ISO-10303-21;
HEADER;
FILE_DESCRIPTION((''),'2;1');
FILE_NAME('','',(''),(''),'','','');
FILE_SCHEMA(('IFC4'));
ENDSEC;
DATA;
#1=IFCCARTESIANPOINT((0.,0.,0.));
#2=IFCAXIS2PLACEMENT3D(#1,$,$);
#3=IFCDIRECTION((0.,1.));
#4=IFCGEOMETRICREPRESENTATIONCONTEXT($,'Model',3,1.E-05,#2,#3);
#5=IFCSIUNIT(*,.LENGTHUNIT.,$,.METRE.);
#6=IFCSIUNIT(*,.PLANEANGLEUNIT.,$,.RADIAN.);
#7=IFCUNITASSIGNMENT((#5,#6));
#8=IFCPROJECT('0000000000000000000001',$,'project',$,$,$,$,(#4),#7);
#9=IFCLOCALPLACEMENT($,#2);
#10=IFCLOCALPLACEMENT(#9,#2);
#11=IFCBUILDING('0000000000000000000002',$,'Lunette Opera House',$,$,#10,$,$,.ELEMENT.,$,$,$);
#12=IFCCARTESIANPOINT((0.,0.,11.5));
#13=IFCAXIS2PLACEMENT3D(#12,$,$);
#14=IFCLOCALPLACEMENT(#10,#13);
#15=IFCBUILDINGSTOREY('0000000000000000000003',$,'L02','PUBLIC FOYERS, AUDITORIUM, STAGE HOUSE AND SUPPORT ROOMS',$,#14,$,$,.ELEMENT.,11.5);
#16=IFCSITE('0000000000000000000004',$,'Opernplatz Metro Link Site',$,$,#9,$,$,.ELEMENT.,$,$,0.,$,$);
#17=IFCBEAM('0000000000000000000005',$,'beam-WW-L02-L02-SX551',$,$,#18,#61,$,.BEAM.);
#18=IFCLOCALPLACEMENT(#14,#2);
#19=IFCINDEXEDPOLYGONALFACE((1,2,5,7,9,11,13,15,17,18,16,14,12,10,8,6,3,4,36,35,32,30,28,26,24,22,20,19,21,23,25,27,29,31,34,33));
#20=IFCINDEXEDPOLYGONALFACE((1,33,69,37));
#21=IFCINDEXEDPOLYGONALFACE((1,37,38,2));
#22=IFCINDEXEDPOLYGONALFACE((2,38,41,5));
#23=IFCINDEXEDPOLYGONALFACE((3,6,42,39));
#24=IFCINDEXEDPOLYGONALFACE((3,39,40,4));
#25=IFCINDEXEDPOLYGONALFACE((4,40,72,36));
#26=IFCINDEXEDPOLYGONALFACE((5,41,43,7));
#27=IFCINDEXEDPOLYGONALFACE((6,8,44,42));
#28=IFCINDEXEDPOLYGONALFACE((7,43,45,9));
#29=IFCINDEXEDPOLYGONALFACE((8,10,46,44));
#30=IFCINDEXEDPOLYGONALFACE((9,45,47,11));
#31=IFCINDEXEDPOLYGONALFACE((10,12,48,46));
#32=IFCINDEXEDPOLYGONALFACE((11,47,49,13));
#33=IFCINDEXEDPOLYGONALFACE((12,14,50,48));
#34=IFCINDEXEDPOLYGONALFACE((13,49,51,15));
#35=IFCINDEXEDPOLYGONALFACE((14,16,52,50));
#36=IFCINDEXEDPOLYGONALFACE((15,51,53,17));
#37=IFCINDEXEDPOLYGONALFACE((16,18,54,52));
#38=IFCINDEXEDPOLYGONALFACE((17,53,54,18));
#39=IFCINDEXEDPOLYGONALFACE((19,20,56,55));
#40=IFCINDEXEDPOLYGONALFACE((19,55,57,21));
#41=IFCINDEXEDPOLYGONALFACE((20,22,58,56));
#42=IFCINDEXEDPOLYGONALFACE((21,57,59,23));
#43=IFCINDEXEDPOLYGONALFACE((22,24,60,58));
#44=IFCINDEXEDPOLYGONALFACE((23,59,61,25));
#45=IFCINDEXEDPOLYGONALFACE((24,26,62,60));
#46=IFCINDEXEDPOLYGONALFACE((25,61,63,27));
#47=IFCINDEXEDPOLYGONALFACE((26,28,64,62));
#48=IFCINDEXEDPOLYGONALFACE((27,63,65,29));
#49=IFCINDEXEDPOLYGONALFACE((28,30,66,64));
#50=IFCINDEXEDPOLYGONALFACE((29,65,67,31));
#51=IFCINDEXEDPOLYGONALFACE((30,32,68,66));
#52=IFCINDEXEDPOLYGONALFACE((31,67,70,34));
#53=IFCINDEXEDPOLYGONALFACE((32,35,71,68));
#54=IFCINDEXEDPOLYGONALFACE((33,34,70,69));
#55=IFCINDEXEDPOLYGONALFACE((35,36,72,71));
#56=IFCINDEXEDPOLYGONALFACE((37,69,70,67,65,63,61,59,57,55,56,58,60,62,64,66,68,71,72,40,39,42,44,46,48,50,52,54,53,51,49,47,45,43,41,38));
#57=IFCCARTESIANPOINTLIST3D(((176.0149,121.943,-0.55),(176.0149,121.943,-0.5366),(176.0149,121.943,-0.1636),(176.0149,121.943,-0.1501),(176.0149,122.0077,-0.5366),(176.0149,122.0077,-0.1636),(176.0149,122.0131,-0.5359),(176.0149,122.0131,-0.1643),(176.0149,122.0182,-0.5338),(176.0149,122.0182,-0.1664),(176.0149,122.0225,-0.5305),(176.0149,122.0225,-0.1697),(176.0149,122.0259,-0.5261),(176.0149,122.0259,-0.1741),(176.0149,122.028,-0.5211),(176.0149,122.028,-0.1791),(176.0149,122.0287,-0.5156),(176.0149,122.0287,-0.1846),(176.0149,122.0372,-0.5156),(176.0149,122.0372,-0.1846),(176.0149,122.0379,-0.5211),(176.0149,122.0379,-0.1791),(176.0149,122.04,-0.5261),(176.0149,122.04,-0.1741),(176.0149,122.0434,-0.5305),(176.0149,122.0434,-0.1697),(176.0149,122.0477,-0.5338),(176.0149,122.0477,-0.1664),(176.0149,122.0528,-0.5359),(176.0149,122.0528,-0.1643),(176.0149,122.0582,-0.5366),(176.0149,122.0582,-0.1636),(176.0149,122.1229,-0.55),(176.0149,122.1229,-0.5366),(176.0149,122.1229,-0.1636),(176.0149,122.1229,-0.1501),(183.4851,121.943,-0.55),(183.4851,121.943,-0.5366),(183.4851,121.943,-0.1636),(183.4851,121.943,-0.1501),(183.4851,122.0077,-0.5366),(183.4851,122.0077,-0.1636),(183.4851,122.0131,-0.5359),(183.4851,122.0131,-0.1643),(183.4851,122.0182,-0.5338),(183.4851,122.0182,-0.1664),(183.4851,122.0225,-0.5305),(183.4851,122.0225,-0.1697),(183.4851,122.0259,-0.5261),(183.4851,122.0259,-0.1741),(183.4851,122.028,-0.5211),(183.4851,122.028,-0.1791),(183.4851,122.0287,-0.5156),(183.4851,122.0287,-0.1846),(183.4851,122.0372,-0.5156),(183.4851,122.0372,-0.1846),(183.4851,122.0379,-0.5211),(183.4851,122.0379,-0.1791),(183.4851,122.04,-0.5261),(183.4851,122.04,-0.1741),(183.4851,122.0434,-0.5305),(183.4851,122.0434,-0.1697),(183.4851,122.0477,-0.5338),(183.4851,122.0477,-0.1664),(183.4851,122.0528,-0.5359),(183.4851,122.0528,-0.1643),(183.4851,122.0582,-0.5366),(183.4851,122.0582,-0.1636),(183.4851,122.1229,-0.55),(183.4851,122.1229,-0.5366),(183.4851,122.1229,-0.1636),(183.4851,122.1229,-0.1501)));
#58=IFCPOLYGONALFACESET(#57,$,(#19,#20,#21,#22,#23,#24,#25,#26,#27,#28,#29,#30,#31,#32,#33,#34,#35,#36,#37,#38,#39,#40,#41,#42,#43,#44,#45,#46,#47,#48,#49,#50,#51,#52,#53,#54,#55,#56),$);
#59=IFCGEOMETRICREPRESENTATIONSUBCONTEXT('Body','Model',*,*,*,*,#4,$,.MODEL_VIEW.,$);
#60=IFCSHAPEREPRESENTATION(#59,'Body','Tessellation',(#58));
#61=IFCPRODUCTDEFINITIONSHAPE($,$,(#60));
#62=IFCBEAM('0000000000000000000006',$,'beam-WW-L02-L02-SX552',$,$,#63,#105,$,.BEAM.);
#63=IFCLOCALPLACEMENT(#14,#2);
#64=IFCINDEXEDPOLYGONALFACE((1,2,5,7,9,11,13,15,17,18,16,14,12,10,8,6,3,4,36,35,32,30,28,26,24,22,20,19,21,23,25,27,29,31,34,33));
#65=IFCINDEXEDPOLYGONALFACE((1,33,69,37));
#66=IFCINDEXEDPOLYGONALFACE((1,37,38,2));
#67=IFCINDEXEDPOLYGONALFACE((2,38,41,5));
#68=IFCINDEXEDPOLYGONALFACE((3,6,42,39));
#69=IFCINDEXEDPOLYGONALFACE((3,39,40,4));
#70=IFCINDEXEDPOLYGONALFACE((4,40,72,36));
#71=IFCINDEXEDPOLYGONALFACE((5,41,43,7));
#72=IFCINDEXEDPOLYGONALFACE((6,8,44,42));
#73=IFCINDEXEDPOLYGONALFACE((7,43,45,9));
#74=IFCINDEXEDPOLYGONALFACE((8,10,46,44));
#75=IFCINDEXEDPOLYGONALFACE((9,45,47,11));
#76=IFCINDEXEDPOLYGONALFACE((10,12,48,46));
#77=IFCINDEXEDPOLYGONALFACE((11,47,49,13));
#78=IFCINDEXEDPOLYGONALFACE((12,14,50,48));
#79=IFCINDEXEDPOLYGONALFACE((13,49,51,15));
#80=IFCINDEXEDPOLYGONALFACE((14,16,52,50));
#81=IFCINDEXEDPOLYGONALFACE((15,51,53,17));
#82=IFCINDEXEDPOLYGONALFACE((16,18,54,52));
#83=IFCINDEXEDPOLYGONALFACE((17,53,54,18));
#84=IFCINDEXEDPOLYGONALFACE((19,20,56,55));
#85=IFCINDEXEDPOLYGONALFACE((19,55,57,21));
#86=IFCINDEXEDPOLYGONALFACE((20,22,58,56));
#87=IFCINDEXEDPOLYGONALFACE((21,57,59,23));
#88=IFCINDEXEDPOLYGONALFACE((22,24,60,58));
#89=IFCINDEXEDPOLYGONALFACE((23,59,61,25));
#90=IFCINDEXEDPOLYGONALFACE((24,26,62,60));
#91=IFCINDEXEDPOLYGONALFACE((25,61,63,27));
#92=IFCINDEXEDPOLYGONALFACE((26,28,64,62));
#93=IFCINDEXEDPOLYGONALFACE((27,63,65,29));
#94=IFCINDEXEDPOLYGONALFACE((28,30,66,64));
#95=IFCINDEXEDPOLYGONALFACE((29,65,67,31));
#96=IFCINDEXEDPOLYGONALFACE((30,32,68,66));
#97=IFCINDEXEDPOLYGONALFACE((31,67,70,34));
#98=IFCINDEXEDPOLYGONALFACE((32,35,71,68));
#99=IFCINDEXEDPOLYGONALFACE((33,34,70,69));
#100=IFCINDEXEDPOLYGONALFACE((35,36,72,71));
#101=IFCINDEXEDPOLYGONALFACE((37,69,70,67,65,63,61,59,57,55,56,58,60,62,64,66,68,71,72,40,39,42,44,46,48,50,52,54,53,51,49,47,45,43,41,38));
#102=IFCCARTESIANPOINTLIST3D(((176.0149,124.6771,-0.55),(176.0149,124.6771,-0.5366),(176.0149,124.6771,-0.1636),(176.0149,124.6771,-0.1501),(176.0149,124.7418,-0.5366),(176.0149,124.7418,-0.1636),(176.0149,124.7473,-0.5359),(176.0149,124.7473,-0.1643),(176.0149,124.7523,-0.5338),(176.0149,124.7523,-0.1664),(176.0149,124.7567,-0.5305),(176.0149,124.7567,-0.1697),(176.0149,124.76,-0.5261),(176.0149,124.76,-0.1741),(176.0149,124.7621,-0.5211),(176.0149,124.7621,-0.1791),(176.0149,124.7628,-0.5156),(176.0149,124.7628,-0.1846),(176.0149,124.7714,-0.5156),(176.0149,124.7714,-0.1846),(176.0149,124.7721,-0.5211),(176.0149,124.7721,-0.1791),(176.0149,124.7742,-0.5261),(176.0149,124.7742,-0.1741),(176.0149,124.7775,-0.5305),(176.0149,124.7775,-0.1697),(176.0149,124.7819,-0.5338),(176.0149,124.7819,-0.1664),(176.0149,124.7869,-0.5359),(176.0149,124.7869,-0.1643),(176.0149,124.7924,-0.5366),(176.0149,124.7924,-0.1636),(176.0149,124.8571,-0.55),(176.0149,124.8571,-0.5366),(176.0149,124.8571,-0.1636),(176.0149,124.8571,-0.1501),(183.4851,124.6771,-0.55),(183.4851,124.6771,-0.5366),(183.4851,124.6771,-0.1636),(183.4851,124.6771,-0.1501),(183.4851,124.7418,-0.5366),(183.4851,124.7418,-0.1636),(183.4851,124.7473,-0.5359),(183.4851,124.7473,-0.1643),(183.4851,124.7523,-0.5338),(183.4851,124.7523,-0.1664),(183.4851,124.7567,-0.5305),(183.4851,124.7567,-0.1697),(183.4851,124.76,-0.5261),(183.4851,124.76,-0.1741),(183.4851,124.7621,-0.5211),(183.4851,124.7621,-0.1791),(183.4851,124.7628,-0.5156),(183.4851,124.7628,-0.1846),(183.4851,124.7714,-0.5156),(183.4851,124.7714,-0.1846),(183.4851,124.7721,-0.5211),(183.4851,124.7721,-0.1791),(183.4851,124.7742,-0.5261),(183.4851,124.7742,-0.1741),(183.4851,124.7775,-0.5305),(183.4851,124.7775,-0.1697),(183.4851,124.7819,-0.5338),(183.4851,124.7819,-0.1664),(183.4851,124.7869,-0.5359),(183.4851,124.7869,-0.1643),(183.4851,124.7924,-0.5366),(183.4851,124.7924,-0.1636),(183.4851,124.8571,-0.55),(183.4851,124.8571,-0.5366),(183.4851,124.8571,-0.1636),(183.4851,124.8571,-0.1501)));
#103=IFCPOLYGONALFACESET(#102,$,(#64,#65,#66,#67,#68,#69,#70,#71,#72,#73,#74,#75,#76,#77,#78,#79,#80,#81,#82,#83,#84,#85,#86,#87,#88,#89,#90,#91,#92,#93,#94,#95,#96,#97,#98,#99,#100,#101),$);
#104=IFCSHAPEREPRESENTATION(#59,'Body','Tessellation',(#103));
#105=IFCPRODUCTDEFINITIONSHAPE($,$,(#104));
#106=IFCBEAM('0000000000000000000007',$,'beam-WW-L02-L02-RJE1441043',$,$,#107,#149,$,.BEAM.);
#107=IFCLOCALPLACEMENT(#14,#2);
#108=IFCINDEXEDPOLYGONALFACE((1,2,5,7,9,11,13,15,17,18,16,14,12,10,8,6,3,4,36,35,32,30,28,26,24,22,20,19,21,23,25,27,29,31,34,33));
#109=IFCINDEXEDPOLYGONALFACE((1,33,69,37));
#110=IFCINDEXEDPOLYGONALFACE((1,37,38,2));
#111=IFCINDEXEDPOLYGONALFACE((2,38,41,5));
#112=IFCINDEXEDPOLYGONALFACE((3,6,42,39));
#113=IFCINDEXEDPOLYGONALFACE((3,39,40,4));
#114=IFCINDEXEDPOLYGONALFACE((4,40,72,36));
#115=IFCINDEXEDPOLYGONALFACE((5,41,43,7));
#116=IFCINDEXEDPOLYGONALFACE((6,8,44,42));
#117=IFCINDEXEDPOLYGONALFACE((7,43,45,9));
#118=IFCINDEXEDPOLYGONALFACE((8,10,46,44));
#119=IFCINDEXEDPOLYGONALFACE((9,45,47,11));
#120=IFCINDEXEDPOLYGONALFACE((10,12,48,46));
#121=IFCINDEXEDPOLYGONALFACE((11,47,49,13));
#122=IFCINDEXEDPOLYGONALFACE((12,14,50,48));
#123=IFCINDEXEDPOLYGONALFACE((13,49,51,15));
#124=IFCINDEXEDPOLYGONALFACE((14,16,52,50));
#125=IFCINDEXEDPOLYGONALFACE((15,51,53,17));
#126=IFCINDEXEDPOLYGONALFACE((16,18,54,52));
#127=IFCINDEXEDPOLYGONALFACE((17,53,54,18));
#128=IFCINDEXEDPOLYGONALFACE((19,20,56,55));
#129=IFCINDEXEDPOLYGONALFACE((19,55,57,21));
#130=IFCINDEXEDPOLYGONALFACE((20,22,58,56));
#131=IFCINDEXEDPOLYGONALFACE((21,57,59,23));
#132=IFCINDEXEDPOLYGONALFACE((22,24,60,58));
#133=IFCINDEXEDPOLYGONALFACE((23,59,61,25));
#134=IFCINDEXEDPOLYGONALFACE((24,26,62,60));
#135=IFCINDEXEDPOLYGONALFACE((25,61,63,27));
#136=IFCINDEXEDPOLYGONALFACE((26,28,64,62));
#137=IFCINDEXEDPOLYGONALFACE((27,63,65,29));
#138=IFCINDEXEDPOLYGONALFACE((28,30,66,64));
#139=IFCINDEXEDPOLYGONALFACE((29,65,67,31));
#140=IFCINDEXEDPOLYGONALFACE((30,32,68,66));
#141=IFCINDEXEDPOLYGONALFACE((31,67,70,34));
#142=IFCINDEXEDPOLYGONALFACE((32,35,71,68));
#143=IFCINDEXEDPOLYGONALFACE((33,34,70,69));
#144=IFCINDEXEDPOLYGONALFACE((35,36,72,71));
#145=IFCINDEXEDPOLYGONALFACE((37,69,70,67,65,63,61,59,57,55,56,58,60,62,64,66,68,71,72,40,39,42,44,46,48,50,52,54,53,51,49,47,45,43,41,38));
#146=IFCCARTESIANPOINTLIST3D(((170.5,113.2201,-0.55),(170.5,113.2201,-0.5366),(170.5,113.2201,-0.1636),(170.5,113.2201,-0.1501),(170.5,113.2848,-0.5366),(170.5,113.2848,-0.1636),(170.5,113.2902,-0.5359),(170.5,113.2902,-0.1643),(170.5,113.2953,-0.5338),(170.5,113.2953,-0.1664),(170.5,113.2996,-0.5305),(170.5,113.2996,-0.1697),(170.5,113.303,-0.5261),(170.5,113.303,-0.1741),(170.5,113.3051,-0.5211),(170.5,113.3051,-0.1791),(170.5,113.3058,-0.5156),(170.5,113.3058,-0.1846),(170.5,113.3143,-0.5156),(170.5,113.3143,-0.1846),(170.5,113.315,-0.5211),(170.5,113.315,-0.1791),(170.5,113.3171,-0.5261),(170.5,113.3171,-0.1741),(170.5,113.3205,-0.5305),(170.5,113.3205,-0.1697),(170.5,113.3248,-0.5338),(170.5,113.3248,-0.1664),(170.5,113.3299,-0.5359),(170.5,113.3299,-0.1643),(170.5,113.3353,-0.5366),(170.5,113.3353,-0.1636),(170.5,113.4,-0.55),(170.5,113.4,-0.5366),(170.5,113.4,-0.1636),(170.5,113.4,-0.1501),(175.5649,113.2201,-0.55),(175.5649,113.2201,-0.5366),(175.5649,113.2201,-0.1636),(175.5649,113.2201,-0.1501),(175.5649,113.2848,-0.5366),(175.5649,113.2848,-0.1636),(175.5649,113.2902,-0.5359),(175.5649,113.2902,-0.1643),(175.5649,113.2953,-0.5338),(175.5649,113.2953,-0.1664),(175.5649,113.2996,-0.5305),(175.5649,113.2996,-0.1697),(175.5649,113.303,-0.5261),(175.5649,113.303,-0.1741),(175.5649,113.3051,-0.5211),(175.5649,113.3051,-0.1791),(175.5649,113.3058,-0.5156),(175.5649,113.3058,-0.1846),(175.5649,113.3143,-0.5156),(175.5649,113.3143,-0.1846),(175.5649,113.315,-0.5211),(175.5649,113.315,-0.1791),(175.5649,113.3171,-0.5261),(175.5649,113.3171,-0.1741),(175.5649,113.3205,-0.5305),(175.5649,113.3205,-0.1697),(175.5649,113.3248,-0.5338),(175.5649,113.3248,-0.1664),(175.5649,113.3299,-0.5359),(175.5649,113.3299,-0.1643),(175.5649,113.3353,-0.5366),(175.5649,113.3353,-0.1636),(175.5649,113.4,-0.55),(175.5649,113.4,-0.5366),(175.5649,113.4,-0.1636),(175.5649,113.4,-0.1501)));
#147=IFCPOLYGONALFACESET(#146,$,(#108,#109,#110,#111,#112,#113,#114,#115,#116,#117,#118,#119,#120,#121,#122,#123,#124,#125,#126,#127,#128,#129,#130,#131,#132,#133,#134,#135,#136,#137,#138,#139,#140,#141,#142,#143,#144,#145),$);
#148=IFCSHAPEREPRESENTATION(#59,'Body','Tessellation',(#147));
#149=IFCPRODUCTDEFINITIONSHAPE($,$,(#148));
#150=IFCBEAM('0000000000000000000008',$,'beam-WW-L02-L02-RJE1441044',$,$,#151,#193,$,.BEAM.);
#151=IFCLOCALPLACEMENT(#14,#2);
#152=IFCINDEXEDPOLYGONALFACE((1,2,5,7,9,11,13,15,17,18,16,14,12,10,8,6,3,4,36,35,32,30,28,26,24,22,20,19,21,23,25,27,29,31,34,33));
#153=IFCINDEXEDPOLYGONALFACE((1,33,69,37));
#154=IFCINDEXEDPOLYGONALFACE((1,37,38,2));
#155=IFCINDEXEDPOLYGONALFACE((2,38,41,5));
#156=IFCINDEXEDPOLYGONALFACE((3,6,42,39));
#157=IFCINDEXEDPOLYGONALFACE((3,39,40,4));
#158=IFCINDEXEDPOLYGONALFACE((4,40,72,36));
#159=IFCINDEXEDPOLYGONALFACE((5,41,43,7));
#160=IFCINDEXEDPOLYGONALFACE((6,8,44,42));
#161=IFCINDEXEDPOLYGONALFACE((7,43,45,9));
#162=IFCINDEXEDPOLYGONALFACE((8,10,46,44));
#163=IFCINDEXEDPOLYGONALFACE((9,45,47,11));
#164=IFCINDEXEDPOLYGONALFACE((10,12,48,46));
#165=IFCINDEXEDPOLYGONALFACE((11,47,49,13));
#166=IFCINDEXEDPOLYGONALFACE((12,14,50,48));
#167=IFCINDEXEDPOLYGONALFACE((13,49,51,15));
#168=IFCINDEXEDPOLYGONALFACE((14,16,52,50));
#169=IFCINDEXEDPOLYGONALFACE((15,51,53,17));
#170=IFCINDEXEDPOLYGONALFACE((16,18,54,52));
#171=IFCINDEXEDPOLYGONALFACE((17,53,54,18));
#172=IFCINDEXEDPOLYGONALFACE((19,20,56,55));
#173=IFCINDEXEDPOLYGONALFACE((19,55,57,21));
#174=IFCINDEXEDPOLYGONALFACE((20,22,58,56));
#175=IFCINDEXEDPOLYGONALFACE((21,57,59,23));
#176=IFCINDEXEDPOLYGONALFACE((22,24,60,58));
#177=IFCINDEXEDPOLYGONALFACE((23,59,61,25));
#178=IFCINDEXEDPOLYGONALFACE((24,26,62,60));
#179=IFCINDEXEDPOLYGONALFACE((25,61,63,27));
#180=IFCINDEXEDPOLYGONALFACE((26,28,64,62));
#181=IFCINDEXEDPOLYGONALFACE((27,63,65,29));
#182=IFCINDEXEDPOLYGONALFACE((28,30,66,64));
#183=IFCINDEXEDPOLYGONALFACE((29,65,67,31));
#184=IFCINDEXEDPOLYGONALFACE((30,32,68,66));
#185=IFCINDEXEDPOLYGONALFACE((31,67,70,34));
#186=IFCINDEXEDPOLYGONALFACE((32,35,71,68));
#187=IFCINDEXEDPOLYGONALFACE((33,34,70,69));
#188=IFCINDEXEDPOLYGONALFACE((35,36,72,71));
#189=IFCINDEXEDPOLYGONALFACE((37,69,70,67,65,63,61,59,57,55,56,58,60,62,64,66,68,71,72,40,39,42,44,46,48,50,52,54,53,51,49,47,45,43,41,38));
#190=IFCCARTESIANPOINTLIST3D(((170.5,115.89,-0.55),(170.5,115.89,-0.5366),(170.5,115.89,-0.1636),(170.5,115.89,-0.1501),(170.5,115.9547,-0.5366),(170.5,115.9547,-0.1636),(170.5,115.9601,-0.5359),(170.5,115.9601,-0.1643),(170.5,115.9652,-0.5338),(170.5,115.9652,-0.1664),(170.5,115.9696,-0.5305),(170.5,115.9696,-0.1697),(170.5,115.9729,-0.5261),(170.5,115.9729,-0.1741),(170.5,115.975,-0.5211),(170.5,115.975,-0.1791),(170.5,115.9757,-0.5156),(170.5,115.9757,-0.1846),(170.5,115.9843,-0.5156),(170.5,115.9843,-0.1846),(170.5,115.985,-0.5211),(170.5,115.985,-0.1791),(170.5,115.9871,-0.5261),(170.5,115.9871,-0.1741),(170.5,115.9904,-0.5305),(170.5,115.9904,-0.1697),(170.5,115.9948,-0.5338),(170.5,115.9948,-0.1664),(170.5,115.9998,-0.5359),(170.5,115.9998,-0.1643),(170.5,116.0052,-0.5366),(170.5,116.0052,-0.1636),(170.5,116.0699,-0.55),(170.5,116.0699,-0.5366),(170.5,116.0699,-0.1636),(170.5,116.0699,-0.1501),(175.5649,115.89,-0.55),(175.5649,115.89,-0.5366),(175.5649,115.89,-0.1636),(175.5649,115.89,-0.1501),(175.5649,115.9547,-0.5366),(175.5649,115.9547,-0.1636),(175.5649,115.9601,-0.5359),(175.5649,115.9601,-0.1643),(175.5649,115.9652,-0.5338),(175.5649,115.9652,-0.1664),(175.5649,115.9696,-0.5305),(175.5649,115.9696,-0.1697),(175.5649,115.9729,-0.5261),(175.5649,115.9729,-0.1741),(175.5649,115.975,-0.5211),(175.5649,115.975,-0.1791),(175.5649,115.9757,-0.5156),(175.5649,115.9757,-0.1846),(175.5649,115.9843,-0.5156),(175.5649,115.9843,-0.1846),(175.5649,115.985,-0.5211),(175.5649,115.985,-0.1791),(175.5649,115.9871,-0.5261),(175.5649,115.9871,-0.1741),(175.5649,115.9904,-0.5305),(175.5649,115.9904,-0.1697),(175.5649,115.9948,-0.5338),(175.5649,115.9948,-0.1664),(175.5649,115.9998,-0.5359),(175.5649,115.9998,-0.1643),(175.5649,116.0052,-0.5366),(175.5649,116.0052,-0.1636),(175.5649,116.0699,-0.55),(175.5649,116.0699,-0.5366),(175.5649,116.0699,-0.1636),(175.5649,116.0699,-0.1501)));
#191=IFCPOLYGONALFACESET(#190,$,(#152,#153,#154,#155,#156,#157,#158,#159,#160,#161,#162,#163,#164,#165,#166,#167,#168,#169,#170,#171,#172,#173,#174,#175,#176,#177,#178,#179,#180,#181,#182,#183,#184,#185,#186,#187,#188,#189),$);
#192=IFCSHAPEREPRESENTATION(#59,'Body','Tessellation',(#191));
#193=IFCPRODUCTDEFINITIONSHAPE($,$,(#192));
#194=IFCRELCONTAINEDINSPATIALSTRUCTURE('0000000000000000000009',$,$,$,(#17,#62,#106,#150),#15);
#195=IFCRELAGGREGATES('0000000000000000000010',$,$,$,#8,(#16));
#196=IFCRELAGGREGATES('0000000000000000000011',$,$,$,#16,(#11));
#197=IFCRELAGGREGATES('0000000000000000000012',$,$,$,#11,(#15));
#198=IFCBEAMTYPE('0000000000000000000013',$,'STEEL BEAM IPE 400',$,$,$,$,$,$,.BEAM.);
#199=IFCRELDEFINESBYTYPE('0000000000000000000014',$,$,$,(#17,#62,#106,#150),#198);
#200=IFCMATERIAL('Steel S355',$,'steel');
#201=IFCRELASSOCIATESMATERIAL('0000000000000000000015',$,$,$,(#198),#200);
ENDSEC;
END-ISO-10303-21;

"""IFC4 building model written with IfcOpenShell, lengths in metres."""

from ifc_helpers import new_model, si_unit, direction, frame, origin, origin_2d, place, context, subcontext, project, spatial, i_section, extrude, material, material_profile, profile_set, type_object, element, save


model = new_model("IFC4")

# Units and contexts
model_context = context("Model", 3, precision=1e-05, world=origin(), true_north=direction((0.0, 1.0)))
body_context = subcontext(model_context, "Body", "Model", "MODEL_VIEW")
ifc_project = project(units=[si_unit("LENGTHUNIT", "METRE"), si_unit("PLANEANGLEUNIT", "RADIAN")], contexts=[model_context])

# Site, building, storey
site_placement = place(None, origin())
site = spatial("IfcSite", under=ifc_project, at=site_placement, Name="Opernplatz Metro Link Site", CompositionType="ELEMENT", RefElevation=0.0)
building_placement = place(site_placement, origin())
building = spatial("IfcBuilding", under=site, at=building_placement, Name="Lunette Opera House", CompositionType="ELEMENT")
storey_placement = place(building_placement, frame((0.0, 0.0, 11.5)))
storey = spatial("IfcBuildingStorey", under=building, at=storey_placement, Name="L02", Description="PUBLIC FOYERS, AUDITORIUM, STAGE HOUSE AND SUPPORT ROOMS", CompositionType="ELEMENT", Elevation=11.5)

# Beams
ifc_material_1 = material(Name="Steel S355", Category="steel")
ifc_material_profile_1 = material_profile(ifc_material_1, i_section(OverallWidth=0.1799, OverallDepth=0.3999, WebThickness=0.0085, FlangeThickness=0.0134, FilletRadius=0.021, at=origin_2d()), Name="IPE 400")
ifc_profile_set_1 = profile_set([ifc_material_profile_1], Name="Steel S355")
beam_type_1 = type_object("IfcBeamType", Name="STEEL BEAM IPE 400", PredefinedType="BEAM", material=ifc_profile_set_1)
for number, where, z_axis, x_axis, name in (
    (1, (176.0149, 122.033, -0.3501), (1.0, 0.0, 0.0), (0.0, 1.0, 0.0), "beam-WW-L02-L02-SX551"),
    (2, (176.0149, 124.7671, -0.3501), (1.0, 0.0, 0.0), (0.0, 1.0, 0.0), "beam-WW-L02-L02-SX552"),
):
    element("IfcBeam", number, at=place(storey_placement, frame(where, z_axis=z_axis, x_axis=x_axis)), inside=storey, type_object=beam_type_1, Name=name, PredefinedType="BEAM", context=body_context, shape_type="SweptSolid", body=[
        extrude(i_section(OverallWidth=0.1799, OverallDepth=0.3999, WebThickness=0.0085, FlangeThickness=0.0134, FilletRadius=0.021, at=origin_2d()), origin(), (0.0, 0.0, 1.0), 7.4702),
    ])
for number, where, z_axis, x_axis, name in (
    (3, (170.5, 113.3101, -0.3501), (1.0, 0.0, 0.0), (0.0, 1.0, 0.0), "beam-WW-L02-L02-RJE1441043"),
    (4, (170.5, 115.98, -0.3501), (1.0, 0.0, 0.0), (0.0, 1.0, 0.0), "beam-WW-L02-L02-RJE1441044"),
):
    element("IfcBeam", number, at=place(storey_placement, frame(where, z_axis=z_axis, x_axis=x_axis)), inside=storey, type_object=beam_type_1, Name=name, PredefinedType="BEAM", context=body_context, shape_type="SweptSolid", body=[
        extrude(i_section(OverallWidth=0.1799, OverallDepth=0.3999, WebThickness=0.0085, FlangeThickness=0.0134, FilletRadius=0.021, at=origin_2d()), origin(), (0.0, 0.0, 1.0), 5.0649),
    ])

save(model, "model.ifc")
